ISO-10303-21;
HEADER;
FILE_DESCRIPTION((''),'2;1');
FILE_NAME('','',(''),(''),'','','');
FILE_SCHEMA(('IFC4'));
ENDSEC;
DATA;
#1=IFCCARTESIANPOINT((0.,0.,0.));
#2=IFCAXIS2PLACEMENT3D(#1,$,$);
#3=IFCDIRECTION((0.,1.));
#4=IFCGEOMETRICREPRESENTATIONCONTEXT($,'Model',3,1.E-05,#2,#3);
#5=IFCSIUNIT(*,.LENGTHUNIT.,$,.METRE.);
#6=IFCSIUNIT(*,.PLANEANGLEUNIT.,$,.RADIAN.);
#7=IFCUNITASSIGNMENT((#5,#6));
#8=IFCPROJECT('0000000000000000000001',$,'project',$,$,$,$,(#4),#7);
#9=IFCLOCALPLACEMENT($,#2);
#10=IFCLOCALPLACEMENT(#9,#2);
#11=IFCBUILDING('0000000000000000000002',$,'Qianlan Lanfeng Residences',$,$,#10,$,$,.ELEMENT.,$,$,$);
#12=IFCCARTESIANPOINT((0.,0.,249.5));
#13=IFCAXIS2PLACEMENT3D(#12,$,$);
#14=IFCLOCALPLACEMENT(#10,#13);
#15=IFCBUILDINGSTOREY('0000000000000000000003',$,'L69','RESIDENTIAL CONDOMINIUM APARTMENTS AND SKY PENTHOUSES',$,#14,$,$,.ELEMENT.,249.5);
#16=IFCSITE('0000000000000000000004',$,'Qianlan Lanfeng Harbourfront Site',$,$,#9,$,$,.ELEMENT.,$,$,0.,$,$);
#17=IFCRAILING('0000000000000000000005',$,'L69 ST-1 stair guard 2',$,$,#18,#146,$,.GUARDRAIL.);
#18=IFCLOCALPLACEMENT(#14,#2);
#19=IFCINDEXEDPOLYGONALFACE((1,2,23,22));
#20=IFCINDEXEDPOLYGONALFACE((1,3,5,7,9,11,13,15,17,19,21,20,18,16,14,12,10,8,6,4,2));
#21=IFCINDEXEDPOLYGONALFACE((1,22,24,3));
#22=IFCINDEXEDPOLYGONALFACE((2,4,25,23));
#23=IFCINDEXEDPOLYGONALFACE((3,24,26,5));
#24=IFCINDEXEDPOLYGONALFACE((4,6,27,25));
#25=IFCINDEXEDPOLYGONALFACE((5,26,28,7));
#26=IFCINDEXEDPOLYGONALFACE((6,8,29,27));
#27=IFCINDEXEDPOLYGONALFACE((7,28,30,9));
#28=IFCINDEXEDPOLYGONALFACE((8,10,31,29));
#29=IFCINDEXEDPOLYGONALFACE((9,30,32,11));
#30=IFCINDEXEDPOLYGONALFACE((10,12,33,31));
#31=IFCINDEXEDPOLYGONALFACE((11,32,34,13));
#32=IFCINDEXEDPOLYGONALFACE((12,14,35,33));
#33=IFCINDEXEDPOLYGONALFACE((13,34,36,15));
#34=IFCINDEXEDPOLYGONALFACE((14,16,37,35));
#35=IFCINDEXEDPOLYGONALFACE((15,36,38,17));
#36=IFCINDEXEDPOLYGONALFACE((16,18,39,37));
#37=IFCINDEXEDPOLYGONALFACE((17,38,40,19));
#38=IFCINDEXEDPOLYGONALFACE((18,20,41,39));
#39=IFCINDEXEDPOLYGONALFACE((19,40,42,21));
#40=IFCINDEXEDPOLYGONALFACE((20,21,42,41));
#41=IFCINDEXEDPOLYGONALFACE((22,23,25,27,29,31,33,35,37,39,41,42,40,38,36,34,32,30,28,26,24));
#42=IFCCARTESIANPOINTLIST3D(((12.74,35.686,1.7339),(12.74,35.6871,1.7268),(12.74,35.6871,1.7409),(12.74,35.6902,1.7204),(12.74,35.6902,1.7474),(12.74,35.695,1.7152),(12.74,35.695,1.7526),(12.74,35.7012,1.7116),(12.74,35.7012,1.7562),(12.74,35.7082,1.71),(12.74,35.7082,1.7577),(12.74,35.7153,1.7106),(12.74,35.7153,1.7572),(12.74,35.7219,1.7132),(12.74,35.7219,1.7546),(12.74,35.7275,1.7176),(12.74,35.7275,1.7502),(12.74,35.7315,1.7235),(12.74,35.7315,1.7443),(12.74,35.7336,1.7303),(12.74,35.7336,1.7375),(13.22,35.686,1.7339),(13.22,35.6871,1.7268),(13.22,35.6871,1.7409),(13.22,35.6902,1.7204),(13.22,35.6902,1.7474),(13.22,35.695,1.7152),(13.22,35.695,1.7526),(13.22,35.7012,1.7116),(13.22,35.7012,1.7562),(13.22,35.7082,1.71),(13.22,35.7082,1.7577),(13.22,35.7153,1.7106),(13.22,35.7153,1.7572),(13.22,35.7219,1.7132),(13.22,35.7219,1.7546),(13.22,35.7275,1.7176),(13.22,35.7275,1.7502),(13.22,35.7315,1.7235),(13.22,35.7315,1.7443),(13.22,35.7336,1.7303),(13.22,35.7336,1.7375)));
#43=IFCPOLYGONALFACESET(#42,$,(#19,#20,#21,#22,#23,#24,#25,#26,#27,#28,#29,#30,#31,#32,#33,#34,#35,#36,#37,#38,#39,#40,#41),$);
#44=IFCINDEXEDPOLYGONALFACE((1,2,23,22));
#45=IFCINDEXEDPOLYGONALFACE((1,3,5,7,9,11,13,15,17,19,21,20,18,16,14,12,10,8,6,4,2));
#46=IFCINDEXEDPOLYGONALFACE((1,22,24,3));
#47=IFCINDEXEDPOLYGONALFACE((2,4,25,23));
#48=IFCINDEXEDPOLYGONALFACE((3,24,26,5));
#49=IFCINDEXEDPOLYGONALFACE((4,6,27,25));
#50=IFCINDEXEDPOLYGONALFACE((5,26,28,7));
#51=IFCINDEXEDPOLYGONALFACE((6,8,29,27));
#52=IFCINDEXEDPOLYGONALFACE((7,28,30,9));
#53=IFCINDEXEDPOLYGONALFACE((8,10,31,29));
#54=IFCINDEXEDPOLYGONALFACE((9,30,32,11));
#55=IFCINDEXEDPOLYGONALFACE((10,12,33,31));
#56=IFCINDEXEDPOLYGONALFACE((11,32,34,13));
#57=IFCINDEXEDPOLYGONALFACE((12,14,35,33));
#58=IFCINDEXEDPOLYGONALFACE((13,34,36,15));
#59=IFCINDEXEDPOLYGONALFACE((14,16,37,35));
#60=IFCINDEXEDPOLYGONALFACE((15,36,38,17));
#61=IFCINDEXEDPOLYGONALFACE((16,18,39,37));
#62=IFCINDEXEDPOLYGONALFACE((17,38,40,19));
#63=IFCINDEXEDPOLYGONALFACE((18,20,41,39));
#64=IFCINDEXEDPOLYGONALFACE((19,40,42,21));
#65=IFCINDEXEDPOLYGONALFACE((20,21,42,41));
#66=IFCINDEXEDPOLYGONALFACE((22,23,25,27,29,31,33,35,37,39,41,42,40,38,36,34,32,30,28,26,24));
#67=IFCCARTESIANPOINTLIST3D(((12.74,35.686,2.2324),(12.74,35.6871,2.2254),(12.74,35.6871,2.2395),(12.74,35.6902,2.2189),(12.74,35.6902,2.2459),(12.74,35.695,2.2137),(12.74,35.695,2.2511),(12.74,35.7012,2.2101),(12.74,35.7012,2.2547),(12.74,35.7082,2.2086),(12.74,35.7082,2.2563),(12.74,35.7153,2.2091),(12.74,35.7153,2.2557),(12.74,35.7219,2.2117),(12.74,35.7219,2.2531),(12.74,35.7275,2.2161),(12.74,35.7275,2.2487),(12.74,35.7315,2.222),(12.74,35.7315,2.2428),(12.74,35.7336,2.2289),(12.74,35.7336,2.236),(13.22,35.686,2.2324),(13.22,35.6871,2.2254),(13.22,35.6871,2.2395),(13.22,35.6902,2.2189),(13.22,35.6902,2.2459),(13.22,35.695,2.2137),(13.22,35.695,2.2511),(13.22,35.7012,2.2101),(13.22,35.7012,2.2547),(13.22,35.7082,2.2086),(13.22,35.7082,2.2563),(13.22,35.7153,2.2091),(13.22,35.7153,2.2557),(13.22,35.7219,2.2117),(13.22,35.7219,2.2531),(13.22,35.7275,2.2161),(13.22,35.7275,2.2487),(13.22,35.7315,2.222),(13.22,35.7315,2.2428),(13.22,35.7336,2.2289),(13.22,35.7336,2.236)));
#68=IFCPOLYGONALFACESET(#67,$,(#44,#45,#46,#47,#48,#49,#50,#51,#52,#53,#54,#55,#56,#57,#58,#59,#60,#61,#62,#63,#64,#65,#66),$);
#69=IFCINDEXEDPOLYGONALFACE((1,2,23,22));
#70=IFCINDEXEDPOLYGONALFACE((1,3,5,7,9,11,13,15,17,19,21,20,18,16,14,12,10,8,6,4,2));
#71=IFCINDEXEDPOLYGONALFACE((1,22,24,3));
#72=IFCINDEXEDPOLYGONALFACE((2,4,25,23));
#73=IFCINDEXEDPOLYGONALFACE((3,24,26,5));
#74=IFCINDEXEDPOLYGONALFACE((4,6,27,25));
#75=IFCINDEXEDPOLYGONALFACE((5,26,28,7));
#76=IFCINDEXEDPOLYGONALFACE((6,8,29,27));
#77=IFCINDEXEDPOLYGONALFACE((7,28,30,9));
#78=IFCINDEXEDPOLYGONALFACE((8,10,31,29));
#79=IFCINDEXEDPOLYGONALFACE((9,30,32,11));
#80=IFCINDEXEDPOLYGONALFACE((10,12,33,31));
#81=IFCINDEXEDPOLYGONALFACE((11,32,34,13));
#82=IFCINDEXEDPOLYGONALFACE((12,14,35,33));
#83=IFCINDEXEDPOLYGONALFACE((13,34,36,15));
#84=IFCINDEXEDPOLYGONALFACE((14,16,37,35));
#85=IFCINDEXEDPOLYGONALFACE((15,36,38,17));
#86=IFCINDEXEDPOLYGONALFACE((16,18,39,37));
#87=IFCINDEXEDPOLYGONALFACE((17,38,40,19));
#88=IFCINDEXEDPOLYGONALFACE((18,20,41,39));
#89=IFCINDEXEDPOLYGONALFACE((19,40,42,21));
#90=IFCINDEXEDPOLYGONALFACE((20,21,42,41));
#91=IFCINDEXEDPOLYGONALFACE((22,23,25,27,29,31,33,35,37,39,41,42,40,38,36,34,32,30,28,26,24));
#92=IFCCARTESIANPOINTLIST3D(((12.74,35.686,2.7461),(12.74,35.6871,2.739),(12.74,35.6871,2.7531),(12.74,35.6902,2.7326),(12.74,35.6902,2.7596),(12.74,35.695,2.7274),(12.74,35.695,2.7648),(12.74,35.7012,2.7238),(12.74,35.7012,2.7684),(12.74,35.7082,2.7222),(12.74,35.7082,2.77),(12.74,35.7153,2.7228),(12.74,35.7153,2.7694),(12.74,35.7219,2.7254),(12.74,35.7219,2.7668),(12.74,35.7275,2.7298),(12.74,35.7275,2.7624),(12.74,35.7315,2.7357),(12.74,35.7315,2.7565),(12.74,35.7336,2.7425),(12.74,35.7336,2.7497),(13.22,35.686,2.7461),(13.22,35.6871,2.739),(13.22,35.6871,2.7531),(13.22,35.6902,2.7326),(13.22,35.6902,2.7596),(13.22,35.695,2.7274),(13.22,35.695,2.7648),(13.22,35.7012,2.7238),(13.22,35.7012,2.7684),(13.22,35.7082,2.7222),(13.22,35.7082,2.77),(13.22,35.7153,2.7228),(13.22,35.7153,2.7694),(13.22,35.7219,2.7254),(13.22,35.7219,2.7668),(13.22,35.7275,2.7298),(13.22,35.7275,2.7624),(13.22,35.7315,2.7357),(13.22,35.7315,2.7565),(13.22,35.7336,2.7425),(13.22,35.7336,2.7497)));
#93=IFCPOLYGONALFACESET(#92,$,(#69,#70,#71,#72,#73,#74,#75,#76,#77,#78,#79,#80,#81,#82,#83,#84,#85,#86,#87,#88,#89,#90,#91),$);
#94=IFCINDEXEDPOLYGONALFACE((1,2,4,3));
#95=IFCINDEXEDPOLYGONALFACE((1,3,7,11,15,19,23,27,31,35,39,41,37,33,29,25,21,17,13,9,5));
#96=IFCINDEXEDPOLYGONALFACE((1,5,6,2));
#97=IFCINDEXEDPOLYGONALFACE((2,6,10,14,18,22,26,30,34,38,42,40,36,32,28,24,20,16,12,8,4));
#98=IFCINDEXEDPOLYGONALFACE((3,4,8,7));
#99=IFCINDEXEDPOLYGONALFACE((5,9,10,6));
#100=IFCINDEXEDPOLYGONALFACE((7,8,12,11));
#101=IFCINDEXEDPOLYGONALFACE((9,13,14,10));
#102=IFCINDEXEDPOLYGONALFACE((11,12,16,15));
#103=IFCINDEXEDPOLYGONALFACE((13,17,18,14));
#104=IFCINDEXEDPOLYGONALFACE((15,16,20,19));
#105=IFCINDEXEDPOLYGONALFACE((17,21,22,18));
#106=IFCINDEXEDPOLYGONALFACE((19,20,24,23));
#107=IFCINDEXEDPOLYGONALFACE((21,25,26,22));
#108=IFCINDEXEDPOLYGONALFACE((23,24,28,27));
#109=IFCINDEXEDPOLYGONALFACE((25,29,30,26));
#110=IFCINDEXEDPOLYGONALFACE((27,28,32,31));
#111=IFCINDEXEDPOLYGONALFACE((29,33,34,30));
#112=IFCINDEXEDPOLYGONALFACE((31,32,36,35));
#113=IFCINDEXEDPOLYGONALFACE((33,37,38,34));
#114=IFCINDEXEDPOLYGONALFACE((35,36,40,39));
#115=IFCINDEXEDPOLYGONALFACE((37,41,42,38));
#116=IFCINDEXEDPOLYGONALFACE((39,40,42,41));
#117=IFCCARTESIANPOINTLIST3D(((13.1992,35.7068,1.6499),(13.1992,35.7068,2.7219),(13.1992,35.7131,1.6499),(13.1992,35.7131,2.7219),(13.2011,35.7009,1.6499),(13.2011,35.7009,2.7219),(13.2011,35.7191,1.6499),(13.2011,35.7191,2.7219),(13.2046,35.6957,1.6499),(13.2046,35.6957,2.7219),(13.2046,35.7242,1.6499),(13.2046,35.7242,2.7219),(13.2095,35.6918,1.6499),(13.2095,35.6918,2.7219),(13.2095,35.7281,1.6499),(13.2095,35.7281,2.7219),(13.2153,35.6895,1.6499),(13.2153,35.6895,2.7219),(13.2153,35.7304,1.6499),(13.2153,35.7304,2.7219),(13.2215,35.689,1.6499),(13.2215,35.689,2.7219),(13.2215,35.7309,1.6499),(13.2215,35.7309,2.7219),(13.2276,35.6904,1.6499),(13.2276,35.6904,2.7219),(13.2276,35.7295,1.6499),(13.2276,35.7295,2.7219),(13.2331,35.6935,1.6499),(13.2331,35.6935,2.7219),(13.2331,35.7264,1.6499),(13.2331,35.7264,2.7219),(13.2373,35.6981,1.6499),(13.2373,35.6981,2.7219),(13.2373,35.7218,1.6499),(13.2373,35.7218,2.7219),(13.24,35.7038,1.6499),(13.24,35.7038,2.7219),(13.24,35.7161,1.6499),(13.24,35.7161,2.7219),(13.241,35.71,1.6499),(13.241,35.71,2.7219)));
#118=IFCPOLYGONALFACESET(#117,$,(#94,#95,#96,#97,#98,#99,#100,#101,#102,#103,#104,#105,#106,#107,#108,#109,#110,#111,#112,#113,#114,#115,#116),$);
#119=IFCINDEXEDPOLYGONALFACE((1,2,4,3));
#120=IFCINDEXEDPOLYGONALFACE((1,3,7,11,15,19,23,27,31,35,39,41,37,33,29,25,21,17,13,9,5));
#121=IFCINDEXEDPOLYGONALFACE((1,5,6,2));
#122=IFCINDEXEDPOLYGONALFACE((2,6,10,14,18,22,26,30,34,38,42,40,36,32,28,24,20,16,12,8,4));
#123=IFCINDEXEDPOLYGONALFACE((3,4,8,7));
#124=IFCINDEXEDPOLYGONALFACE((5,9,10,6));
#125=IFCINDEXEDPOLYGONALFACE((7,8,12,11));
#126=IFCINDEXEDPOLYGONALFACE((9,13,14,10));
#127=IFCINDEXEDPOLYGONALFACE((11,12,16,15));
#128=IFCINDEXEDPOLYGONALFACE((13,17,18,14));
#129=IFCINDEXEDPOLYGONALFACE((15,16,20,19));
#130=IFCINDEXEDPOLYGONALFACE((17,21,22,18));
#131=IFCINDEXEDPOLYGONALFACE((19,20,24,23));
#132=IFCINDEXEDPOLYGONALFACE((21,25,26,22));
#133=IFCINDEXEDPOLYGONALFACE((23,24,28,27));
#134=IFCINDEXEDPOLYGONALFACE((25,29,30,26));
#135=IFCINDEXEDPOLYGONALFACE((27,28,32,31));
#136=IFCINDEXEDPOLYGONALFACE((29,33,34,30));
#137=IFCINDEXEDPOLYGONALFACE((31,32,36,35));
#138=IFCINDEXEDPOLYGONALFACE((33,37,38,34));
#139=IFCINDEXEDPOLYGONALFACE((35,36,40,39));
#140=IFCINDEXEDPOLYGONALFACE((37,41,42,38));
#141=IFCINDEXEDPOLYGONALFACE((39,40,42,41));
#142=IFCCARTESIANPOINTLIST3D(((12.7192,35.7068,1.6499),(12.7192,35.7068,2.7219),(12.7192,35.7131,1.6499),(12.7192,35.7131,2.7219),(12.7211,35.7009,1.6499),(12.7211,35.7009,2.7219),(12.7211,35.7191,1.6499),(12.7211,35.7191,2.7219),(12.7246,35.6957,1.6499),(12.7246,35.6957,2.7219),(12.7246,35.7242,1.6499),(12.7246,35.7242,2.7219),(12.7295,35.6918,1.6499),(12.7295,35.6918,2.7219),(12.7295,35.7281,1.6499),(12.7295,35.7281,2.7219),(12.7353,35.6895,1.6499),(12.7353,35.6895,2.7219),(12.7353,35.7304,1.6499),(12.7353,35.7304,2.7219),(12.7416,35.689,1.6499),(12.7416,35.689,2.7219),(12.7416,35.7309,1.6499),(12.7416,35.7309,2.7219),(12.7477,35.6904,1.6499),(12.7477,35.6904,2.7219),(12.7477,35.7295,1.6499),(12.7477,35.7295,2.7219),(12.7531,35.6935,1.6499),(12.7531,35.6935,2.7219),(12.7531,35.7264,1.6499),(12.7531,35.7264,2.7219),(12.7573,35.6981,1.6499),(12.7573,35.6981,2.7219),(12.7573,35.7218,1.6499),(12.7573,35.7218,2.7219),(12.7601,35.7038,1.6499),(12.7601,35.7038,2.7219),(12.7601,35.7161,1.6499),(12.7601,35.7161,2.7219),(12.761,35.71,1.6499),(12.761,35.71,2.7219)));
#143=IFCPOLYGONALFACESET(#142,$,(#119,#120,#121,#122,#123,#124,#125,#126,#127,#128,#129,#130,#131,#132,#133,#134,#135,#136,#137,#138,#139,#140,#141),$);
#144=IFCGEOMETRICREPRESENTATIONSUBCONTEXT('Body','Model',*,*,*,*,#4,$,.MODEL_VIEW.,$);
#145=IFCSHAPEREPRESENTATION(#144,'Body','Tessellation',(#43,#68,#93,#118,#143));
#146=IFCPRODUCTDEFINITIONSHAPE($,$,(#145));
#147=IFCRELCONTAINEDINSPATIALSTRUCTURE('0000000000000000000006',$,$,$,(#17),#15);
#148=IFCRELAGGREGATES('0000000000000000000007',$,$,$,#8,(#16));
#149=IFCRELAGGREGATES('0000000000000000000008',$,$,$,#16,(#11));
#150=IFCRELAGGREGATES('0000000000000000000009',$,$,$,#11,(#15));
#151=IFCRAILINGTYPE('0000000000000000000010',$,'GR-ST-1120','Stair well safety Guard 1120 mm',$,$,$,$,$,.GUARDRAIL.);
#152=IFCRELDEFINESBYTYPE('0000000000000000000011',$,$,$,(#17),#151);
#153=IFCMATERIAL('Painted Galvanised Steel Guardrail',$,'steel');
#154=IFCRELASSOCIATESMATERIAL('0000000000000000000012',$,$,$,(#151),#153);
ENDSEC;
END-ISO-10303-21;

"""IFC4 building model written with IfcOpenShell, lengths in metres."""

from ifc_helpers import new_model, si_unit, direction, frame, origin, origin_2d, place, context, subcontext, project, spatial, circle, extrude, material, type_object, element, save


model = new_model("IFC4")

# Units and contexts
model_context = context("Model", 3, precision=1e-05, world=origin(), true_north=direction((0.0, 1.0)))
body_context = subcontext(model_context, "Body", "Model", "MODEL_VIEW")
ifc_project = project(units=[si_unit("LENGTHUNIT", "METRE"), si_unit("PLANEANGLEUNIT", "RADIAN")], contexts=[model_context])

# Site, building, storey
site_placement = place(None, origin())
site = spatial("IfcSite", under=ifc_project, at=site_placement, Name="Qianlan Lanfeng Harbourfront Site", CompositionType="ELEMENT", RefElevation=0.0)
building_placement = place(site_placement, origin())
building = spatial("IfcBuilding", under=site, at=building_placement, Name="Qianlan Lanfeng Residences", CompositionType="ELEMENT")
storey_placement = place(building_placement, frame((0.0, 0.0, 249.5)))
storey = spatial("IfcBuildingStorey", under=building, at=storey_placement, Name="L69", Description="RESIDENTIAL CONDOMINIUM APARTMENTS AND SKY PENTHOUSES", CompositionType="ELEMENT", Elevation=249.5)

# Railing
ifc_material_1 = material(Name="Painted Galvanised Steel Guardrail", Category="steel")
railing_type_1 = type_object("IfcRailingType", Name="GR-ST-1120", Description="Stair well safety Guard 1120 mm", PredefinedType="GUARDRAIL", material=ifc_material_1)
railing_1_placement = place(storey_placement, frame((13.22, 35.71, 1.6499)))
element("IfcRailing", 1, at=railing_1_placement, inside=storey, type_object=railing_type_1, Name="L69 ST-1 stair guard 2", PredefinedType="GUARDRAIL", context=body_context, shape_type="SweptSolid", body=[
    extrude(circle(Radius=0.0239, at=origin_2d()), frame((0.0, 0.0, 0.084), z_axis=(-1.0, 0.0, 0.0), x_axis=(0.0, -1.0, 0.0)), (0.0, 0.0, 1.0), 0.48),
    extrude(circle(Radius=0.0239, at=origin_2d()), frame((0.0, 0.0, 0.5825), z_axis=(-1.0, 0.0, 0.0), x_axis=(0.0, -1.0, 0.0)), (0.0, 0.0, 1.0), 0.48),
    extrude(circle(Radius=0.0239, at=origin_2d()), frame((0.0, 0.0, 1.0962), z_axis=(-1.0, 0.0, 0.0), x_axis=(0.0, -1.0, 0.0)), (0.0, 0.0, 1.0), 0.48),
    extrude(circle(Radius=0.021, at=origin_2d()), origin(), (0.0, 0.0, 1.0), 1.072),
    extrude(circle(Radius=0.021, at=origin_2d()), frame((-0.48, 0.0, 0.0)), (0.0, 0.0, 1.0), 1.072),
])

save(model, "model.ifc")
